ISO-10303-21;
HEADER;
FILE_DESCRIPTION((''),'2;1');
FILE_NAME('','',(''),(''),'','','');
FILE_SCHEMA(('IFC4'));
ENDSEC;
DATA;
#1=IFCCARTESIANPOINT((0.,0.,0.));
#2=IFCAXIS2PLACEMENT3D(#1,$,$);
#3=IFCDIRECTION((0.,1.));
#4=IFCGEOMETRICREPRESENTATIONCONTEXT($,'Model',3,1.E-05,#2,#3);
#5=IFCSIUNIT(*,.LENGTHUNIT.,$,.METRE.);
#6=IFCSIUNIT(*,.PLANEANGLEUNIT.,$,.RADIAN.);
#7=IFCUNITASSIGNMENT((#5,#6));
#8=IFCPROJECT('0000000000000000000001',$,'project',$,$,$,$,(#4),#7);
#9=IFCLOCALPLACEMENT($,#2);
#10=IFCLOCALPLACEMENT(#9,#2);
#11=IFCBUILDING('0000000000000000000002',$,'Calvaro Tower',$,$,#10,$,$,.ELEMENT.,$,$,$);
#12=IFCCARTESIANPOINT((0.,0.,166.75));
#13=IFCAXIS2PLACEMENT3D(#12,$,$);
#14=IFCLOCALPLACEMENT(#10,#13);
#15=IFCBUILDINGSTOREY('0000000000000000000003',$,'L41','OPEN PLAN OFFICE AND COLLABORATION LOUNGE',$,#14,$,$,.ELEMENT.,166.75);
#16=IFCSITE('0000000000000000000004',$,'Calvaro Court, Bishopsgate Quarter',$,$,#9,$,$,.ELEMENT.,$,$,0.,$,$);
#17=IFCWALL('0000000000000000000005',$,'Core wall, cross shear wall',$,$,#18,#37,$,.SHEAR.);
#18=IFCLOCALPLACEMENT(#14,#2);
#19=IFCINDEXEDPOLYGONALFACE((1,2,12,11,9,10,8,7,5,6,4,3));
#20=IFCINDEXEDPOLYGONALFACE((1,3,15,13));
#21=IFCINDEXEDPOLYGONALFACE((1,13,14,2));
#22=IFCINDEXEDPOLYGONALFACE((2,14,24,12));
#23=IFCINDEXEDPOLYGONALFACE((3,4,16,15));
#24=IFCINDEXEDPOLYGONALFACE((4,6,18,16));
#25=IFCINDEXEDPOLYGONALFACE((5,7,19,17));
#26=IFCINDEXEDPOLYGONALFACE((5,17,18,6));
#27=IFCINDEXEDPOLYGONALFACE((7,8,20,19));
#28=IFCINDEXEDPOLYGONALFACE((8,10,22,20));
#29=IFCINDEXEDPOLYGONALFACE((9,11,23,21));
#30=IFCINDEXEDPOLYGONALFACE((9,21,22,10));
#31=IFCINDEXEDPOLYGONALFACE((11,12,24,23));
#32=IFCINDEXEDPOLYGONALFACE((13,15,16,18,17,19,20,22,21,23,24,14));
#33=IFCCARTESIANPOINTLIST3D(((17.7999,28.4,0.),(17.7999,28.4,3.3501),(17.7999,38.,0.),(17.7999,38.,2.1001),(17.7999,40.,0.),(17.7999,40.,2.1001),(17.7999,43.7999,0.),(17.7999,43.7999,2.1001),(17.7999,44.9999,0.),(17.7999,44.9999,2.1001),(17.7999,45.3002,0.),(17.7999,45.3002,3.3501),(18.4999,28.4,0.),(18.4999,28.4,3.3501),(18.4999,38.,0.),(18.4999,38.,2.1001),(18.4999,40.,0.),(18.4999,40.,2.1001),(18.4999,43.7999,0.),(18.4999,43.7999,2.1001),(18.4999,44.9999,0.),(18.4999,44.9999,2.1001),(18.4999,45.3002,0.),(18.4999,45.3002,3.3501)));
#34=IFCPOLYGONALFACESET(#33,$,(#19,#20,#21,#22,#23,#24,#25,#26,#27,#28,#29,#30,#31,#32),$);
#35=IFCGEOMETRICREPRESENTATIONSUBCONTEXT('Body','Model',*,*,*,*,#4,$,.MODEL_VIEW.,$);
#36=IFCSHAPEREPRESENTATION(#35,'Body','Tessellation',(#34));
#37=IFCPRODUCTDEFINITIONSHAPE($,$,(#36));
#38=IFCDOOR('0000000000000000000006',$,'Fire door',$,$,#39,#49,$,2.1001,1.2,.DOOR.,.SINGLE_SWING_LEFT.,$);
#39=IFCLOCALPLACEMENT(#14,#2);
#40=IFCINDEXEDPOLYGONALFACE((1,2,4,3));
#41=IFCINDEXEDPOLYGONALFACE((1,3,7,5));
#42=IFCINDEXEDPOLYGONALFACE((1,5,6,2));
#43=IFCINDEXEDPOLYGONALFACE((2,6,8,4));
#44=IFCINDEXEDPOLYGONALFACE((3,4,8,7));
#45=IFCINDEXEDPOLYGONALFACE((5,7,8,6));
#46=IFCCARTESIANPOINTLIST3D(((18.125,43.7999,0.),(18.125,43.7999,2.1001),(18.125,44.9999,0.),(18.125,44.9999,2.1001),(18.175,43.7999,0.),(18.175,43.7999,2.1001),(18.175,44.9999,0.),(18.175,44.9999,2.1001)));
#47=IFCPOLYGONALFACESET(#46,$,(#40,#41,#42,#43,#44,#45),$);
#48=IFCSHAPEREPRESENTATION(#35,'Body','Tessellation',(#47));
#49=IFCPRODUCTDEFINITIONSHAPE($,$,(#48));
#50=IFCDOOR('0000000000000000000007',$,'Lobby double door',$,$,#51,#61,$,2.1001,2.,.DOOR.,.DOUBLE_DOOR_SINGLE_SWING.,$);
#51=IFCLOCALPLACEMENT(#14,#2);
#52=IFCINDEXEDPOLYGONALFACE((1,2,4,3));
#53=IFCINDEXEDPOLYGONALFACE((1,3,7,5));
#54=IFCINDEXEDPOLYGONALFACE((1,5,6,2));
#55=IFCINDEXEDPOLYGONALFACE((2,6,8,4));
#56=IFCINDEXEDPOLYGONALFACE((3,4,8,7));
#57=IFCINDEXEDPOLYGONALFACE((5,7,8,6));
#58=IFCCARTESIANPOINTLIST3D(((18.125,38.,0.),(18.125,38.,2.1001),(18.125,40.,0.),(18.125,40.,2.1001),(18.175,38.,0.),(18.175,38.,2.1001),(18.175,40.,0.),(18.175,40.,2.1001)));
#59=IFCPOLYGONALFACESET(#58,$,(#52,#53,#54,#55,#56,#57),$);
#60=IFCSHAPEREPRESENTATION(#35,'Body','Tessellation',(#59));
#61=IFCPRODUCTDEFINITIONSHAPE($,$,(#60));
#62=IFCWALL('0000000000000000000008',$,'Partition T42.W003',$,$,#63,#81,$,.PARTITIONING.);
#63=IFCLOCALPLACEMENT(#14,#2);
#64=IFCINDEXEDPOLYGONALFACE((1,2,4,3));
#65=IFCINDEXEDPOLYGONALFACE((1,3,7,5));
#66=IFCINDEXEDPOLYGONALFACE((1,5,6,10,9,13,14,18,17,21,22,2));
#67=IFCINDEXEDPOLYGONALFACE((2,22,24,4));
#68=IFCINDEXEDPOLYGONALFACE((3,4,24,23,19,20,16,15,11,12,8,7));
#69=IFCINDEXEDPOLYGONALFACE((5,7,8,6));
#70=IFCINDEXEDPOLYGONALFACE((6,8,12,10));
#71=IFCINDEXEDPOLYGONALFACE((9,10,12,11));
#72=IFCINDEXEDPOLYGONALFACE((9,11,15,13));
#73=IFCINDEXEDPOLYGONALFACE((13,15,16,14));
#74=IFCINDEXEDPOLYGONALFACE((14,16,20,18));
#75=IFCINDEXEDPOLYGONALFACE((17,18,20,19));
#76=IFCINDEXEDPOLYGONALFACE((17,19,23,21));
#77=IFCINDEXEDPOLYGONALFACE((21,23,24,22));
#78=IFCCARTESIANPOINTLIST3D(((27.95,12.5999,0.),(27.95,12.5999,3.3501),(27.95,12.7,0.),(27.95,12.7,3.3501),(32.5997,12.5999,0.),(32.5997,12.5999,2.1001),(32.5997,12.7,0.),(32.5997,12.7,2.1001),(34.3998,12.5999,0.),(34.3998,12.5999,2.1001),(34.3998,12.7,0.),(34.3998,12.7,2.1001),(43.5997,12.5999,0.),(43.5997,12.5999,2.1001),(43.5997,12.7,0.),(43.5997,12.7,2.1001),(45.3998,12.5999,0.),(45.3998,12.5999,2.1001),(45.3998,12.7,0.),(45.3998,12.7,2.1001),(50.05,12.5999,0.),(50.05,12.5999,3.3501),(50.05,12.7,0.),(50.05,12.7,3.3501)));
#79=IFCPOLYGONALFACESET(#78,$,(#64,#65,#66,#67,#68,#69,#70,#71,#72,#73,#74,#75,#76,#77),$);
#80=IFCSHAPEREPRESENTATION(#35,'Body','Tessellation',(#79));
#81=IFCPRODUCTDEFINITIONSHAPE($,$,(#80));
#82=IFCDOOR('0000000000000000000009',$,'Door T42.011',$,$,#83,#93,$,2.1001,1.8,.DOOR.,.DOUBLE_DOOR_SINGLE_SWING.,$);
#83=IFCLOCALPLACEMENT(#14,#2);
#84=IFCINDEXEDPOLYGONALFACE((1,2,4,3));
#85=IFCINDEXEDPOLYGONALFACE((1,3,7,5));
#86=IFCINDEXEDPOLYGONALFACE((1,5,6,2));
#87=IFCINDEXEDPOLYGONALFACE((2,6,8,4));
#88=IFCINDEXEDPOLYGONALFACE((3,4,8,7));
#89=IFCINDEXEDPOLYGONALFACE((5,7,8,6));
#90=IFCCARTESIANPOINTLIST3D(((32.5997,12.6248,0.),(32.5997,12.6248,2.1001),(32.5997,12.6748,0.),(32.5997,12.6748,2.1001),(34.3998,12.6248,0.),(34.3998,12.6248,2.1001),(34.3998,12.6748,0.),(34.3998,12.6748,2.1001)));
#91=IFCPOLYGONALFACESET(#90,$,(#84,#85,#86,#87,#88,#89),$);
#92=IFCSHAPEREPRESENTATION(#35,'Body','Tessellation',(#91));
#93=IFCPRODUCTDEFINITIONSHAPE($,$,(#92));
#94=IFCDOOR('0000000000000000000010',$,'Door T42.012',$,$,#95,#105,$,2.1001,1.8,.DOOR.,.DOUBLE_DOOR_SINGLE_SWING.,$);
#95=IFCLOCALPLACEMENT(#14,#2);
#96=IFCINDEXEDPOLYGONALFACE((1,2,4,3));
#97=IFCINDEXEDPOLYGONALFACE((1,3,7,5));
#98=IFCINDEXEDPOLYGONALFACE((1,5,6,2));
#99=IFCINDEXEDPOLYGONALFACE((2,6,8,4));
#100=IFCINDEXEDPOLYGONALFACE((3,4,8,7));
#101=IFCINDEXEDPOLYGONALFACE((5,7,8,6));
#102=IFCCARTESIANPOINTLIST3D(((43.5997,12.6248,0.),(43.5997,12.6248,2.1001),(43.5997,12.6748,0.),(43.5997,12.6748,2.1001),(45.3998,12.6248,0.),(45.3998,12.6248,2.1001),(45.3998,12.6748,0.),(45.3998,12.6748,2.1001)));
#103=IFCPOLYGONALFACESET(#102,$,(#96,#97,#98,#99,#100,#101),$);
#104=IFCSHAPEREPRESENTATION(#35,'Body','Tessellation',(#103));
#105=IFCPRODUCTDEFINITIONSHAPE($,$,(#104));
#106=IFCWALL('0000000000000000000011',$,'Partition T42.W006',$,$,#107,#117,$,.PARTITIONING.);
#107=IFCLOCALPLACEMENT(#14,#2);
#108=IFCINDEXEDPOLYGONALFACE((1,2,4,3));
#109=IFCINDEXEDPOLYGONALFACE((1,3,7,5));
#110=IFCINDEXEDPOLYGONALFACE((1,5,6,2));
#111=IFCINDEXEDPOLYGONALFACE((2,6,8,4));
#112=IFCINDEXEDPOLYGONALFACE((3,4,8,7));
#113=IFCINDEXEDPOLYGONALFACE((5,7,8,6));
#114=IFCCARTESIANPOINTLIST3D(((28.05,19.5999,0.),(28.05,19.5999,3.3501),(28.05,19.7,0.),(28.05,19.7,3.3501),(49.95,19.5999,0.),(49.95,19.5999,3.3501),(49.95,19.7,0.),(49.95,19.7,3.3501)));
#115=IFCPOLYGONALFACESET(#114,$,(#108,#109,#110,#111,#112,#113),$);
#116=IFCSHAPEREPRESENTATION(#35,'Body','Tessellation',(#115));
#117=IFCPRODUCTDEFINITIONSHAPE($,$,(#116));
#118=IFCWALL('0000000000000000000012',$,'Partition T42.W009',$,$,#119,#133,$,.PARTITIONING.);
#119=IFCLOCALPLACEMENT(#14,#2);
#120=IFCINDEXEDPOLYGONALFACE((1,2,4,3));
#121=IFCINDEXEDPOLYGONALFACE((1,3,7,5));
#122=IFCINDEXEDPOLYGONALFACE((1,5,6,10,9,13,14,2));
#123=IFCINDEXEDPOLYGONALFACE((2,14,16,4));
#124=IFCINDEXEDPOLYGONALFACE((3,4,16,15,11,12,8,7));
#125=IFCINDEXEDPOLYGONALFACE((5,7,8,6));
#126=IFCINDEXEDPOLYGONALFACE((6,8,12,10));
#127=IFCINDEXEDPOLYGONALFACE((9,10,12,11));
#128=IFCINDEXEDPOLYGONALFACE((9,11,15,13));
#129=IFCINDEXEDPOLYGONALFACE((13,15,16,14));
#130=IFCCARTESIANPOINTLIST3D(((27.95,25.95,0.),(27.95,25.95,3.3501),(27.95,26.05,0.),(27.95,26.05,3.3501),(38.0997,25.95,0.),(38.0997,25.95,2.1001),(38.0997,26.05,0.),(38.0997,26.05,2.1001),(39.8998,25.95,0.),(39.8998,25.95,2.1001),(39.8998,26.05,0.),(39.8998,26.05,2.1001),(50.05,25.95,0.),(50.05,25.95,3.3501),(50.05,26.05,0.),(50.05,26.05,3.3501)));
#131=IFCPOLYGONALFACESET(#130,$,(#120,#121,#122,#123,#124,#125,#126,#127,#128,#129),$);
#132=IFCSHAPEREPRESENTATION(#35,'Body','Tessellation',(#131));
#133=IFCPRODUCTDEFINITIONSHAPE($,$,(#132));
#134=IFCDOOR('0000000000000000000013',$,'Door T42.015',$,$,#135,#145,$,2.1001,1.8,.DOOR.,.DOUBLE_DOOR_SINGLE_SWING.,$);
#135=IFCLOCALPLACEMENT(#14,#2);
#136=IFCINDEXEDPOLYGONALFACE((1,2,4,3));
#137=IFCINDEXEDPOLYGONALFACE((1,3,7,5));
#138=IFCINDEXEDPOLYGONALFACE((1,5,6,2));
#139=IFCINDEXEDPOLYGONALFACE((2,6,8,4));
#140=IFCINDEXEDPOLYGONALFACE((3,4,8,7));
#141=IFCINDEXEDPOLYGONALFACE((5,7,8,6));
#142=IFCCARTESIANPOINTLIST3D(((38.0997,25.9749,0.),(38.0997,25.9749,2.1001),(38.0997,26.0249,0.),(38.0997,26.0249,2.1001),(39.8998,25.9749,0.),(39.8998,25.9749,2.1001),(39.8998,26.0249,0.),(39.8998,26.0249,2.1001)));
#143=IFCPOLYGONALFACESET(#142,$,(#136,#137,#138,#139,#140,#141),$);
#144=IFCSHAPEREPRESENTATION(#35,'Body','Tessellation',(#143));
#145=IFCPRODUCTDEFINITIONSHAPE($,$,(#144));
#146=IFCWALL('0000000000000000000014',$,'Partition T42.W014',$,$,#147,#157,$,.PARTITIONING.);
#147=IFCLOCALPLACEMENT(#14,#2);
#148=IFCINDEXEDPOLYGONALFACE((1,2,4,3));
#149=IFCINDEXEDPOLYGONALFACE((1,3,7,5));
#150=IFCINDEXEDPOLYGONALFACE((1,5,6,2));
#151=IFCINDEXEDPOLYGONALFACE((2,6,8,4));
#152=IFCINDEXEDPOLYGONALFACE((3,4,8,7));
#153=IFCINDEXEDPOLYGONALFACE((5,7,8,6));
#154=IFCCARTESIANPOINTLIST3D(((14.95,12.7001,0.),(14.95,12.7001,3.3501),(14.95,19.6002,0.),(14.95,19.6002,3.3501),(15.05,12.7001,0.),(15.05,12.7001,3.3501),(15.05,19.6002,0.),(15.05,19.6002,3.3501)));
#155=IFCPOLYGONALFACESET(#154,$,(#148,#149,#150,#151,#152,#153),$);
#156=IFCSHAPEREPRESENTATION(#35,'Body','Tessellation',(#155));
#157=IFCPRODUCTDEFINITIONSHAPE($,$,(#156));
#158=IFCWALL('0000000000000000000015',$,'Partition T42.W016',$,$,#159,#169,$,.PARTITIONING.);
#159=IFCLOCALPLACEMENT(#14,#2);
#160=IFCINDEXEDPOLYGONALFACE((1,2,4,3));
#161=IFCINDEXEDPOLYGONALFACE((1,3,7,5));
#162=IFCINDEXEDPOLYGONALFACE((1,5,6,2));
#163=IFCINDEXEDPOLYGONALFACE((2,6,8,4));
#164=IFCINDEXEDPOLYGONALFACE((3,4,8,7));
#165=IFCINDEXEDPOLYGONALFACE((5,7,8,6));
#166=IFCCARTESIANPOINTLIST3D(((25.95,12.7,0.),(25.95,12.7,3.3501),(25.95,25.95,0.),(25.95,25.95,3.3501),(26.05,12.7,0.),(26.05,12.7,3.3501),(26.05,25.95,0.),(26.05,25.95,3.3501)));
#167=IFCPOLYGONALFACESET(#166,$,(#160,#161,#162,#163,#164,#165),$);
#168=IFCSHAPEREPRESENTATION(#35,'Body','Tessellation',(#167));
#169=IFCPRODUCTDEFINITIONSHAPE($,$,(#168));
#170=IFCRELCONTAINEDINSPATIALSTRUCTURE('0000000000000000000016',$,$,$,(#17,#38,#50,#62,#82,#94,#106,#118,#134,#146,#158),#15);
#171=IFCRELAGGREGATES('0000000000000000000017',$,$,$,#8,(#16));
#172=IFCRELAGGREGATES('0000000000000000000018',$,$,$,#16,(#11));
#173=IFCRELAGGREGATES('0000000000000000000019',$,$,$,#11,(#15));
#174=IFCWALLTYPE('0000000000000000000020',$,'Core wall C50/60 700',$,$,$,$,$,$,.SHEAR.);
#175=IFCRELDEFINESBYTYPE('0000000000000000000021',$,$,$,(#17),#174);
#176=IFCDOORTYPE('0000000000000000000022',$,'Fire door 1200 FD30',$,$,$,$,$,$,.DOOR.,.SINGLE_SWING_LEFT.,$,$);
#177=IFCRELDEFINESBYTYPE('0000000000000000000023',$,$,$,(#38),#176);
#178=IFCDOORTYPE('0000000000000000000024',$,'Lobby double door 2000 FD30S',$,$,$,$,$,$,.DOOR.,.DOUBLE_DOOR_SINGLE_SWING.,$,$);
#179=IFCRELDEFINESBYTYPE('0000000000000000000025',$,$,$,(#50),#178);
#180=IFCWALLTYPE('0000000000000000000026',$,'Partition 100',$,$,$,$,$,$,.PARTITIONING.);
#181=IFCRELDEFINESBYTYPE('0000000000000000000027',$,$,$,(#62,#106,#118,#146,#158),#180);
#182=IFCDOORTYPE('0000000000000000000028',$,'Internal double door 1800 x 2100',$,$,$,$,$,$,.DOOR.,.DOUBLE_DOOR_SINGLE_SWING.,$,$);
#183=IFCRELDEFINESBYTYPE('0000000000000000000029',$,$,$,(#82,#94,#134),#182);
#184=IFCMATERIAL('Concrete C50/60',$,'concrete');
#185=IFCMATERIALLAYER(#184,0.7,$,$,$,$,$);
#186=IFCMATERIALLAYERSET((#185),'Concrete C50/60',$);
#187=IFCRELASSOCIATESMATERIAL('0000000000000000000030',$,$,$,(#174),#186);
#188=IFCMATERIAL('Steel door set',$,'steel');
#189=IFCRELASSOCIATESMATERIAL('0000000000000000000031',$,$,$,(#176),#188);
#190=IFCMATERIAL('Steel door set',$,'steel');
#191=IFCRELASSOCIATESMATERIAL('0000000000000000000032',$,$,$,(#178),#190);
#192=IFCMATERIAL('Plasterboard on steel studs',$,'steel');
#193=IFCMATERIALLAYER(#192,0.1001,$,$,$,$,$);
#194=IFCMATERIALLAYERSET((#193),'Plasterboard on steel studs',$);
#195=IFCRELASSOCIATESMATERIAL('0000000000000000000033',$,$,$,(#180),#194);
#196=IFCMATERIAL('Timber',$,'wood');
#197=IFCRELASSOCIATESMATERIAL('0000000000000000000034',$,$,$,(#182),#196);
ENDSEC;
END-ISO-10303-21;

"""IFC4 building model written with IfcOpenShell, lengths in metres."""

from ifc_helpers import new_model, si_unit, direction, frame, frame_2d, origin, place, context, subcontext, project, spatial, rectangle, extrude, material, layer, layer_set, type_object, element, fill, save


model = new_model("IFC4")

# Units and contexts
model_context = context("Model", 3, precision=1e-05, world=origin(), true_north=direction((0.0, 1.0)))
body_context = subcontext(model_context, "Body", "Model", "MODEL_VIEW")
ifc_project = project(units=[si_unit("LENGTHUNIT", "METRE"), si_unit("PLANEANGLEUNIT", "RADIAN")], contexts=[model_context])

# Site, building, storey
site_placement = place(None, origin())
site = spatial("IfcSite", under=ifc_project, at=site_placement, Name="Calvaro Court, Bishopsgate Quarter", CompositionType="ELEMENT", RefElevation=0.0)
building_placement = place(site_placement, origin())
building = spatial("IfcBuilding", under=site, at=building_placement, Name="Calvaro Tower", CompositionType="ELEMENT")
storey_placement = place(building_placement, frame((0.0, 0.0, 166.75)))
storey = spatial("IfcBuildingStorey", under=building, at=storey_placement, Name="L41", Description="OPEN PLAN OFFICE AND COLLABORATION LOUNGE", CompositionType="ELEMENT", Elevation=166.75)

# Walls, openings, doors
ifc_material_1 = material(Name="Concrete C50/60", Category="concrete")
ifc_layer_1 = layer(ifc_material_1, 0.7)
ifc_layer_set_1 = layer_set([ifc_layer_1], Name="Concrete C50/60")
wall_type_1 = type_object("IfcWallType", Name="Core wall C50/60 700", PredefinedType="SHEAR", material=ifc_layer_set_1)
wall_1_placement = place(storey_placement, frame((18.1499, 28.3999, 0.0), z_axis=(0.0, 0.0, 1.0), x_axis=(0.0, 1.0, 0.0)))
wall_1 = element("IfcWall", 1, at=wall_1_placement, inside=storey, type_object=wall_type_1, Name="Core wall, cross shear wall", PredefinedType="SHEAR", context=body_context, shape_type="SweptSolid", body=[
    extrude(rectangle(XDim=16.9001, YDim=0.7, at=frame_2d((8.4502, 0.0))), origin(), (0.0, 0.0, 1.0), 3.3501),
])
opening_1_placement = place(wall_1_placement, frame((9.6001, 0.0, 0.0)))
opening_1 = element("IfcOpeningElement", 2, at=opening_1_placement, cuts=wall_1, PredefinedType="OPENING", context=body_context, shape_type="SweptSolid", body=[
    extrude(rectangle(XDim=2.0, YDim=2.1001, at=frame_2d((1.0, 1.05))), frame((0.0, 0.3599, 0.0), z_axis=(0.0, -1.0, 0.0), x_axis=(1.0, 0.0, 0.0)), (0.0, 0.0, 1.0), 0.72),
])
opening_2_placement = place(wall_1_placement, frame((15.3999, 0.0, 0.0)))
opening_2 = element("IfcOpeningElement", 3, at=opening_2_placement, cuts=wall_1, PredefinedType="OPENING", context=body_context, shape_type="SweptSolid", body=[
    extrude(rectangle(XDim=1.2, YDim=2.1001, at=frame_2d((0.6001, 1.05))), frame((0.0, 0.3599, 0.0), z_axis=(0.0, -1.0, 0.0), x_axis=(1.0, 0.0, 0.0)), (0.0, 0.0, 1.0), 0.72),
])
ifc_material_2 = material(Name="Steel door set", Category="steel")
door_type_1 = type_object("IfcDoorType", Name="Fire door 1200 FD30", OperationType="SINGLE_SWING_LEFT", PredefinedType="DOOR", material=ifc_material_2)
door_1_placement = place(opening_2_placement, origin())
door_1 = element("IfcDoor", 4, at=door_1_placement, inside=storey, type_object=door_type_1, Name="Fire door", OperationType="SINGLE_SWING_LEFT", OverallHeight=2.1001, OverallWidth=1.2, PredefinedType="DOOR", context=body_context, shape_type="SweptSolid", body=[
    extrude(rectangle(XDim=1.2, YDim=2.1001, at=frame_2d((0.6001, 1.05))), frame((0.0, 0.0249, 0.0), z_axis=(0.0, -1.0, 0.0), x_axis=(1.0, 0.0, 0.0)), (0.0, 0.0, 1.0), 0.05),
])
fill(opening_2, door_1)
ifc_material_3 = material(Name="Steel door set", Category="steel")
door_type_2 = type_object("IfcDoorType", Name="Lobby double door 2000 FD30S", OperationType="DOUBLE_DOOR_SINGLE_SWING", PredefinedType="DOOR", material=ifc_material_3)
door_2_placement = place(opening_1_placement, origin())
door_2 = element("IfcDoor", 5, at=door_2_placement, inside=storey, type_object=door_type_2, Name="Lobby double door", OperationType="DOUBLE_DOOR_SINGLE_SWING", OverallHeight=2.1001, OverallWidth=2.0, PredefinedType="DOOR", context=body_context, shape_type="SweptSolid", body=[
    extrude(rectangle(XDim=2.0, YDim=2.1001, at=frame_2d((1.0, 1.05))), frame((0.0, 0.0249, 0.0), z_axis=(0.0, -1.0, 0.0), x_axis=(1.0, 0.0, 0.0)), (0.0, 0.0, 1.0), 0.05),
])
fill(opening_1, door_2)
ifc_material_4 = material(Name="Plasterboard on steel studs", Category="steel")
ifc_layer_2 = layer(ifc_material_4, 0.1001)
ifc_layer_set_2 = layer_set([ifc_layer_2], Name="Plasterboard on steel studs")
wall_type_2 = type_object("IfcWallType", Name="Partition 100", PredefinedType="PARTITIONING", material=ifc_layer_set_2)
wall_2_placement = place(storey_placement, frame((27.95, 12.6499, 0.0), z_axis=(0.0, 0.0, 1.0), x_axis=(1.0, 0.0, 0.0)))
wall_2 = element("IfcWall", 6, at=wall_2_placement, inside=storey, type_object=wall_type_2, Name="Partition T42.W003", PredefinedType="PARTITIONING", context=body_context, shape_type="SweptSolid", body=[
    extrude(rectangle(XDim=22.1001, YDim=0.1001, at=frame_2d((11.05, 0.0))), origin(), (0.0, 0.0, 1.0), 3.3501),
])
opening_3_placement = place(wall_2_placement, frame((4.6499, 0.0, 0.0)))
opening_3 = element("IfcOpeningElement", 7, at=opening_3_placement, cuts=wall_2, PredefinedType="OPENING", context=body_context, shape_type="SweptSolid", body=[
    extrude(rectangle(XDim=1.8, YDim=2.1001, at=frame_2d((0.8999, 1.05))), frame((0.0, 0.0601, 0.0), z_axis=(0.0, -1.0, 0.0), x_axis=(1.0, 0.0, 0.0)), (0.0, 0.0, 1.0), 0.1201),
])
opening_4_placement = place(wall_2_placement, frame((15.6499, 0.0, 0.0)))
opening_4 = element("IfcOpeningElement", 8, at=opening_4_placement, cuts=wall_2, PredefinedType="OPENING", context=body_context, shape_type="SweptSolid", body=[
    extrude(rectangle(XDim=1.8, YDim=2.1001, at=frame_2d((0.8999, 1.05))), frame((0.0, 0.0601, 0.0), z_axis=(0.0, -1.0, 0.0), x_axis=(1.0, 0.0, 0.0)), (0.0, 0.0, 1.0), 0.1201),
])
ifc_material_5 = material(Name="Timber", Category="wood")
door_type_3 = type_object("IfcDoorType", Name="Internal double door 1800 x 2100", OperationType="DOUBLE_DOOR_SINGLE_SWING", PredefinedType="DOOR", material=ifc_material_5)
door_3_placement = place(opening_3_placement, origin())
door_3 = element("IfcDoor", 9, at=door_3_placement, inside=storey, type_object=door_type_3, Name="Door T42.011", OperationType="DOUBLE_DOOR_SINGLE_SWING", OverallHeight=2.1001, OverallWidth=1.8, PredefinedType="DOOR", context=body_context, shape_type="SweptSolid", body=[
    extrude(rectangle(XDim=1.8, YDim=2.1001, at=frame_2d((0.8999, 1.05))), frame((0.0, 0.0249, 0.0), z_axis=(0.0, -1.0, 0.0), x_axis=(1.0, 0.0, 0.0)), (0.0, 0.0, 1.0), 0.05),
])
fill(opening_3, door_3)
door_4_placement = place(opening_4_placement, origin())
door_4 = element("IfcDoor", 10, at=door_4_placement, inside=storey, type_object=door_type_3, Name="Door T42.012", OperationType="DOUBLE_DOOR_SINGLE_SWING", OverallHeight=2.1001, OverallWidth=1.8, PredefinedType="DOOR", context=body_context, shape_type="SweptSolid", body=[
    extrude(rectangle(XDim=1.8, YDim=2.1001, at=frame_2d((0.8999, 1.05))), frame((0.0, 0.0249, 0.0), z_axis=(0.0, -1.0, 0.0), x_axis=(1.0, 0.0, 0.0)), (0.0, 0.0, 1.0), 0.05),
])
fill(opening_4, door_4)

# Wall
wall_3_placement = place(storey_placement, frame((28.05, 19.6499, 0.0), z_axis=(0.0, 0.0, 1.0), x_axis=(1.0, 0.0, 0.0)))
element("IfcWall", 11, at=wall_3_placement, inside=storey, type_object=wall_type_2, Name="Partition T42.W006", PredefinedType="PARTITIONING", context=body_context, shape_type="SweptSolid", body=[
    extrude(rectangle(XDim=21.8999, YDim=0.1001, at=frame_2d((10.95, 0.0))), origin(), (0.0, 0.0, 1.0), 3.3501),
])

# Wall, opening, door
wall_4_placement = place(storey_placement, frame((27.95, 26.0, 0.0), z_axis=(0.0, 0.0, 1.0), x_axis=(1.0, 0.0, 0.0)))
wall_4 = element("IfcWall", 12, at=wall_4_placement, inside=storey, type_object=wall_type_2, Name="Partition T42.W009", PredefinedType="PARTITIONING", context=body_context, shape_type="SweptSolid", body=[
    extrude(rectangle(XDim=22.1001, YDim=0.1001, at=frame_2d((11.05, 0.0))), origin(), (0.0, 0.0, 1.0), 3.3501),
])
opening_5_placement = place(wall_4_placement, frame((10.1499, 0.0, 0.0)))
opening_5 = element("IfcOpeningElement", 13, at=opening_5_placement, cuts=wall_4, PredefinedType="OPENING", context=body_context, shape_type="SweptSolid", body=[
    extrude(rectangle(XDim=1.8, YDim=2.1001, at=frame_2d((0.8999, 1.05))), frame((0.0, 0.0601, 0.0), z_axis=(0.0, -1.0, 0.0), x_axis=(1.0, 0.0, 0.0)), (0.0, 0.0, 1.0), 0.1201),
])
door_5_placement = place(opening_5_placement, origin())
door_5 = element("IfcDoor", 14, at=door_5_placement, inside=storey, type_object=door_type_3, Name="Door T42.015", OperationType="DOUBLE_DOOR_SINGLE_SWING", OverallHeight=2.1001, OverallWidth=1.8, PredefinedType="DOOR", context=body_context, shape_type="SweptSolid", body=[
    extrude(rectangle(XDim=1.8, YDim=2.1001, at=frame_2d((0.8999, 1.05))), frame((0.0, 0.0249, 0.0), z_axis=(0.0, -1.0, 0.0), x_axis=(1.0, 0.0, 0.0)), (0.0, 0.0, 1.0), 0.05),
])
fill(opening_5, door_5)

# Walls
wall_5_placement = place(storey_placement, frame((15.0, 12.7, 0.0), z_axis=(0.0, 0.0, 1.0), x_axis=(0.0, 1.0, 0.0)))
element("IfcWall", 15, at=wall_5_placement, inside=storey, type_object=wall_type_2, Name="Partition T42.W014", PredefinedType="PARTITIONING", context=body_context, shape_type="SweptSolid", body=[
    extrude(rectangle(XDim=6.9001, YDim=0.1001, at=frame_2d((3.4502, 0.0))), origin(), (0.0, 0.0, 1.0), 3.3501),
])
for number, where, z_axis, x_axis, name in (
    (16, (26.0, 12.7, 0.0), (0.0, 0.0, 1.0), (0.0, 1.0, 0.0), "Partition T42.W016"),
):
    element("IfcWall", number, at=place(storey_placement, frame(where, z_axis=z_axis, x_axis=x_axis)), inside=storey, type_object=wall_type_2, Name=name, PredefinedType="PARTITIONING", context=body_context, shape_type="SweptSolid", body=[
        extrude(rectangle(XDim=13.25, YDim=0.1001, at=frame_2d((6.625, 0.0))), origin(), (0.0, 0.0, 1.0), 3.3501),
    ])

save(model, "model.ifc")
